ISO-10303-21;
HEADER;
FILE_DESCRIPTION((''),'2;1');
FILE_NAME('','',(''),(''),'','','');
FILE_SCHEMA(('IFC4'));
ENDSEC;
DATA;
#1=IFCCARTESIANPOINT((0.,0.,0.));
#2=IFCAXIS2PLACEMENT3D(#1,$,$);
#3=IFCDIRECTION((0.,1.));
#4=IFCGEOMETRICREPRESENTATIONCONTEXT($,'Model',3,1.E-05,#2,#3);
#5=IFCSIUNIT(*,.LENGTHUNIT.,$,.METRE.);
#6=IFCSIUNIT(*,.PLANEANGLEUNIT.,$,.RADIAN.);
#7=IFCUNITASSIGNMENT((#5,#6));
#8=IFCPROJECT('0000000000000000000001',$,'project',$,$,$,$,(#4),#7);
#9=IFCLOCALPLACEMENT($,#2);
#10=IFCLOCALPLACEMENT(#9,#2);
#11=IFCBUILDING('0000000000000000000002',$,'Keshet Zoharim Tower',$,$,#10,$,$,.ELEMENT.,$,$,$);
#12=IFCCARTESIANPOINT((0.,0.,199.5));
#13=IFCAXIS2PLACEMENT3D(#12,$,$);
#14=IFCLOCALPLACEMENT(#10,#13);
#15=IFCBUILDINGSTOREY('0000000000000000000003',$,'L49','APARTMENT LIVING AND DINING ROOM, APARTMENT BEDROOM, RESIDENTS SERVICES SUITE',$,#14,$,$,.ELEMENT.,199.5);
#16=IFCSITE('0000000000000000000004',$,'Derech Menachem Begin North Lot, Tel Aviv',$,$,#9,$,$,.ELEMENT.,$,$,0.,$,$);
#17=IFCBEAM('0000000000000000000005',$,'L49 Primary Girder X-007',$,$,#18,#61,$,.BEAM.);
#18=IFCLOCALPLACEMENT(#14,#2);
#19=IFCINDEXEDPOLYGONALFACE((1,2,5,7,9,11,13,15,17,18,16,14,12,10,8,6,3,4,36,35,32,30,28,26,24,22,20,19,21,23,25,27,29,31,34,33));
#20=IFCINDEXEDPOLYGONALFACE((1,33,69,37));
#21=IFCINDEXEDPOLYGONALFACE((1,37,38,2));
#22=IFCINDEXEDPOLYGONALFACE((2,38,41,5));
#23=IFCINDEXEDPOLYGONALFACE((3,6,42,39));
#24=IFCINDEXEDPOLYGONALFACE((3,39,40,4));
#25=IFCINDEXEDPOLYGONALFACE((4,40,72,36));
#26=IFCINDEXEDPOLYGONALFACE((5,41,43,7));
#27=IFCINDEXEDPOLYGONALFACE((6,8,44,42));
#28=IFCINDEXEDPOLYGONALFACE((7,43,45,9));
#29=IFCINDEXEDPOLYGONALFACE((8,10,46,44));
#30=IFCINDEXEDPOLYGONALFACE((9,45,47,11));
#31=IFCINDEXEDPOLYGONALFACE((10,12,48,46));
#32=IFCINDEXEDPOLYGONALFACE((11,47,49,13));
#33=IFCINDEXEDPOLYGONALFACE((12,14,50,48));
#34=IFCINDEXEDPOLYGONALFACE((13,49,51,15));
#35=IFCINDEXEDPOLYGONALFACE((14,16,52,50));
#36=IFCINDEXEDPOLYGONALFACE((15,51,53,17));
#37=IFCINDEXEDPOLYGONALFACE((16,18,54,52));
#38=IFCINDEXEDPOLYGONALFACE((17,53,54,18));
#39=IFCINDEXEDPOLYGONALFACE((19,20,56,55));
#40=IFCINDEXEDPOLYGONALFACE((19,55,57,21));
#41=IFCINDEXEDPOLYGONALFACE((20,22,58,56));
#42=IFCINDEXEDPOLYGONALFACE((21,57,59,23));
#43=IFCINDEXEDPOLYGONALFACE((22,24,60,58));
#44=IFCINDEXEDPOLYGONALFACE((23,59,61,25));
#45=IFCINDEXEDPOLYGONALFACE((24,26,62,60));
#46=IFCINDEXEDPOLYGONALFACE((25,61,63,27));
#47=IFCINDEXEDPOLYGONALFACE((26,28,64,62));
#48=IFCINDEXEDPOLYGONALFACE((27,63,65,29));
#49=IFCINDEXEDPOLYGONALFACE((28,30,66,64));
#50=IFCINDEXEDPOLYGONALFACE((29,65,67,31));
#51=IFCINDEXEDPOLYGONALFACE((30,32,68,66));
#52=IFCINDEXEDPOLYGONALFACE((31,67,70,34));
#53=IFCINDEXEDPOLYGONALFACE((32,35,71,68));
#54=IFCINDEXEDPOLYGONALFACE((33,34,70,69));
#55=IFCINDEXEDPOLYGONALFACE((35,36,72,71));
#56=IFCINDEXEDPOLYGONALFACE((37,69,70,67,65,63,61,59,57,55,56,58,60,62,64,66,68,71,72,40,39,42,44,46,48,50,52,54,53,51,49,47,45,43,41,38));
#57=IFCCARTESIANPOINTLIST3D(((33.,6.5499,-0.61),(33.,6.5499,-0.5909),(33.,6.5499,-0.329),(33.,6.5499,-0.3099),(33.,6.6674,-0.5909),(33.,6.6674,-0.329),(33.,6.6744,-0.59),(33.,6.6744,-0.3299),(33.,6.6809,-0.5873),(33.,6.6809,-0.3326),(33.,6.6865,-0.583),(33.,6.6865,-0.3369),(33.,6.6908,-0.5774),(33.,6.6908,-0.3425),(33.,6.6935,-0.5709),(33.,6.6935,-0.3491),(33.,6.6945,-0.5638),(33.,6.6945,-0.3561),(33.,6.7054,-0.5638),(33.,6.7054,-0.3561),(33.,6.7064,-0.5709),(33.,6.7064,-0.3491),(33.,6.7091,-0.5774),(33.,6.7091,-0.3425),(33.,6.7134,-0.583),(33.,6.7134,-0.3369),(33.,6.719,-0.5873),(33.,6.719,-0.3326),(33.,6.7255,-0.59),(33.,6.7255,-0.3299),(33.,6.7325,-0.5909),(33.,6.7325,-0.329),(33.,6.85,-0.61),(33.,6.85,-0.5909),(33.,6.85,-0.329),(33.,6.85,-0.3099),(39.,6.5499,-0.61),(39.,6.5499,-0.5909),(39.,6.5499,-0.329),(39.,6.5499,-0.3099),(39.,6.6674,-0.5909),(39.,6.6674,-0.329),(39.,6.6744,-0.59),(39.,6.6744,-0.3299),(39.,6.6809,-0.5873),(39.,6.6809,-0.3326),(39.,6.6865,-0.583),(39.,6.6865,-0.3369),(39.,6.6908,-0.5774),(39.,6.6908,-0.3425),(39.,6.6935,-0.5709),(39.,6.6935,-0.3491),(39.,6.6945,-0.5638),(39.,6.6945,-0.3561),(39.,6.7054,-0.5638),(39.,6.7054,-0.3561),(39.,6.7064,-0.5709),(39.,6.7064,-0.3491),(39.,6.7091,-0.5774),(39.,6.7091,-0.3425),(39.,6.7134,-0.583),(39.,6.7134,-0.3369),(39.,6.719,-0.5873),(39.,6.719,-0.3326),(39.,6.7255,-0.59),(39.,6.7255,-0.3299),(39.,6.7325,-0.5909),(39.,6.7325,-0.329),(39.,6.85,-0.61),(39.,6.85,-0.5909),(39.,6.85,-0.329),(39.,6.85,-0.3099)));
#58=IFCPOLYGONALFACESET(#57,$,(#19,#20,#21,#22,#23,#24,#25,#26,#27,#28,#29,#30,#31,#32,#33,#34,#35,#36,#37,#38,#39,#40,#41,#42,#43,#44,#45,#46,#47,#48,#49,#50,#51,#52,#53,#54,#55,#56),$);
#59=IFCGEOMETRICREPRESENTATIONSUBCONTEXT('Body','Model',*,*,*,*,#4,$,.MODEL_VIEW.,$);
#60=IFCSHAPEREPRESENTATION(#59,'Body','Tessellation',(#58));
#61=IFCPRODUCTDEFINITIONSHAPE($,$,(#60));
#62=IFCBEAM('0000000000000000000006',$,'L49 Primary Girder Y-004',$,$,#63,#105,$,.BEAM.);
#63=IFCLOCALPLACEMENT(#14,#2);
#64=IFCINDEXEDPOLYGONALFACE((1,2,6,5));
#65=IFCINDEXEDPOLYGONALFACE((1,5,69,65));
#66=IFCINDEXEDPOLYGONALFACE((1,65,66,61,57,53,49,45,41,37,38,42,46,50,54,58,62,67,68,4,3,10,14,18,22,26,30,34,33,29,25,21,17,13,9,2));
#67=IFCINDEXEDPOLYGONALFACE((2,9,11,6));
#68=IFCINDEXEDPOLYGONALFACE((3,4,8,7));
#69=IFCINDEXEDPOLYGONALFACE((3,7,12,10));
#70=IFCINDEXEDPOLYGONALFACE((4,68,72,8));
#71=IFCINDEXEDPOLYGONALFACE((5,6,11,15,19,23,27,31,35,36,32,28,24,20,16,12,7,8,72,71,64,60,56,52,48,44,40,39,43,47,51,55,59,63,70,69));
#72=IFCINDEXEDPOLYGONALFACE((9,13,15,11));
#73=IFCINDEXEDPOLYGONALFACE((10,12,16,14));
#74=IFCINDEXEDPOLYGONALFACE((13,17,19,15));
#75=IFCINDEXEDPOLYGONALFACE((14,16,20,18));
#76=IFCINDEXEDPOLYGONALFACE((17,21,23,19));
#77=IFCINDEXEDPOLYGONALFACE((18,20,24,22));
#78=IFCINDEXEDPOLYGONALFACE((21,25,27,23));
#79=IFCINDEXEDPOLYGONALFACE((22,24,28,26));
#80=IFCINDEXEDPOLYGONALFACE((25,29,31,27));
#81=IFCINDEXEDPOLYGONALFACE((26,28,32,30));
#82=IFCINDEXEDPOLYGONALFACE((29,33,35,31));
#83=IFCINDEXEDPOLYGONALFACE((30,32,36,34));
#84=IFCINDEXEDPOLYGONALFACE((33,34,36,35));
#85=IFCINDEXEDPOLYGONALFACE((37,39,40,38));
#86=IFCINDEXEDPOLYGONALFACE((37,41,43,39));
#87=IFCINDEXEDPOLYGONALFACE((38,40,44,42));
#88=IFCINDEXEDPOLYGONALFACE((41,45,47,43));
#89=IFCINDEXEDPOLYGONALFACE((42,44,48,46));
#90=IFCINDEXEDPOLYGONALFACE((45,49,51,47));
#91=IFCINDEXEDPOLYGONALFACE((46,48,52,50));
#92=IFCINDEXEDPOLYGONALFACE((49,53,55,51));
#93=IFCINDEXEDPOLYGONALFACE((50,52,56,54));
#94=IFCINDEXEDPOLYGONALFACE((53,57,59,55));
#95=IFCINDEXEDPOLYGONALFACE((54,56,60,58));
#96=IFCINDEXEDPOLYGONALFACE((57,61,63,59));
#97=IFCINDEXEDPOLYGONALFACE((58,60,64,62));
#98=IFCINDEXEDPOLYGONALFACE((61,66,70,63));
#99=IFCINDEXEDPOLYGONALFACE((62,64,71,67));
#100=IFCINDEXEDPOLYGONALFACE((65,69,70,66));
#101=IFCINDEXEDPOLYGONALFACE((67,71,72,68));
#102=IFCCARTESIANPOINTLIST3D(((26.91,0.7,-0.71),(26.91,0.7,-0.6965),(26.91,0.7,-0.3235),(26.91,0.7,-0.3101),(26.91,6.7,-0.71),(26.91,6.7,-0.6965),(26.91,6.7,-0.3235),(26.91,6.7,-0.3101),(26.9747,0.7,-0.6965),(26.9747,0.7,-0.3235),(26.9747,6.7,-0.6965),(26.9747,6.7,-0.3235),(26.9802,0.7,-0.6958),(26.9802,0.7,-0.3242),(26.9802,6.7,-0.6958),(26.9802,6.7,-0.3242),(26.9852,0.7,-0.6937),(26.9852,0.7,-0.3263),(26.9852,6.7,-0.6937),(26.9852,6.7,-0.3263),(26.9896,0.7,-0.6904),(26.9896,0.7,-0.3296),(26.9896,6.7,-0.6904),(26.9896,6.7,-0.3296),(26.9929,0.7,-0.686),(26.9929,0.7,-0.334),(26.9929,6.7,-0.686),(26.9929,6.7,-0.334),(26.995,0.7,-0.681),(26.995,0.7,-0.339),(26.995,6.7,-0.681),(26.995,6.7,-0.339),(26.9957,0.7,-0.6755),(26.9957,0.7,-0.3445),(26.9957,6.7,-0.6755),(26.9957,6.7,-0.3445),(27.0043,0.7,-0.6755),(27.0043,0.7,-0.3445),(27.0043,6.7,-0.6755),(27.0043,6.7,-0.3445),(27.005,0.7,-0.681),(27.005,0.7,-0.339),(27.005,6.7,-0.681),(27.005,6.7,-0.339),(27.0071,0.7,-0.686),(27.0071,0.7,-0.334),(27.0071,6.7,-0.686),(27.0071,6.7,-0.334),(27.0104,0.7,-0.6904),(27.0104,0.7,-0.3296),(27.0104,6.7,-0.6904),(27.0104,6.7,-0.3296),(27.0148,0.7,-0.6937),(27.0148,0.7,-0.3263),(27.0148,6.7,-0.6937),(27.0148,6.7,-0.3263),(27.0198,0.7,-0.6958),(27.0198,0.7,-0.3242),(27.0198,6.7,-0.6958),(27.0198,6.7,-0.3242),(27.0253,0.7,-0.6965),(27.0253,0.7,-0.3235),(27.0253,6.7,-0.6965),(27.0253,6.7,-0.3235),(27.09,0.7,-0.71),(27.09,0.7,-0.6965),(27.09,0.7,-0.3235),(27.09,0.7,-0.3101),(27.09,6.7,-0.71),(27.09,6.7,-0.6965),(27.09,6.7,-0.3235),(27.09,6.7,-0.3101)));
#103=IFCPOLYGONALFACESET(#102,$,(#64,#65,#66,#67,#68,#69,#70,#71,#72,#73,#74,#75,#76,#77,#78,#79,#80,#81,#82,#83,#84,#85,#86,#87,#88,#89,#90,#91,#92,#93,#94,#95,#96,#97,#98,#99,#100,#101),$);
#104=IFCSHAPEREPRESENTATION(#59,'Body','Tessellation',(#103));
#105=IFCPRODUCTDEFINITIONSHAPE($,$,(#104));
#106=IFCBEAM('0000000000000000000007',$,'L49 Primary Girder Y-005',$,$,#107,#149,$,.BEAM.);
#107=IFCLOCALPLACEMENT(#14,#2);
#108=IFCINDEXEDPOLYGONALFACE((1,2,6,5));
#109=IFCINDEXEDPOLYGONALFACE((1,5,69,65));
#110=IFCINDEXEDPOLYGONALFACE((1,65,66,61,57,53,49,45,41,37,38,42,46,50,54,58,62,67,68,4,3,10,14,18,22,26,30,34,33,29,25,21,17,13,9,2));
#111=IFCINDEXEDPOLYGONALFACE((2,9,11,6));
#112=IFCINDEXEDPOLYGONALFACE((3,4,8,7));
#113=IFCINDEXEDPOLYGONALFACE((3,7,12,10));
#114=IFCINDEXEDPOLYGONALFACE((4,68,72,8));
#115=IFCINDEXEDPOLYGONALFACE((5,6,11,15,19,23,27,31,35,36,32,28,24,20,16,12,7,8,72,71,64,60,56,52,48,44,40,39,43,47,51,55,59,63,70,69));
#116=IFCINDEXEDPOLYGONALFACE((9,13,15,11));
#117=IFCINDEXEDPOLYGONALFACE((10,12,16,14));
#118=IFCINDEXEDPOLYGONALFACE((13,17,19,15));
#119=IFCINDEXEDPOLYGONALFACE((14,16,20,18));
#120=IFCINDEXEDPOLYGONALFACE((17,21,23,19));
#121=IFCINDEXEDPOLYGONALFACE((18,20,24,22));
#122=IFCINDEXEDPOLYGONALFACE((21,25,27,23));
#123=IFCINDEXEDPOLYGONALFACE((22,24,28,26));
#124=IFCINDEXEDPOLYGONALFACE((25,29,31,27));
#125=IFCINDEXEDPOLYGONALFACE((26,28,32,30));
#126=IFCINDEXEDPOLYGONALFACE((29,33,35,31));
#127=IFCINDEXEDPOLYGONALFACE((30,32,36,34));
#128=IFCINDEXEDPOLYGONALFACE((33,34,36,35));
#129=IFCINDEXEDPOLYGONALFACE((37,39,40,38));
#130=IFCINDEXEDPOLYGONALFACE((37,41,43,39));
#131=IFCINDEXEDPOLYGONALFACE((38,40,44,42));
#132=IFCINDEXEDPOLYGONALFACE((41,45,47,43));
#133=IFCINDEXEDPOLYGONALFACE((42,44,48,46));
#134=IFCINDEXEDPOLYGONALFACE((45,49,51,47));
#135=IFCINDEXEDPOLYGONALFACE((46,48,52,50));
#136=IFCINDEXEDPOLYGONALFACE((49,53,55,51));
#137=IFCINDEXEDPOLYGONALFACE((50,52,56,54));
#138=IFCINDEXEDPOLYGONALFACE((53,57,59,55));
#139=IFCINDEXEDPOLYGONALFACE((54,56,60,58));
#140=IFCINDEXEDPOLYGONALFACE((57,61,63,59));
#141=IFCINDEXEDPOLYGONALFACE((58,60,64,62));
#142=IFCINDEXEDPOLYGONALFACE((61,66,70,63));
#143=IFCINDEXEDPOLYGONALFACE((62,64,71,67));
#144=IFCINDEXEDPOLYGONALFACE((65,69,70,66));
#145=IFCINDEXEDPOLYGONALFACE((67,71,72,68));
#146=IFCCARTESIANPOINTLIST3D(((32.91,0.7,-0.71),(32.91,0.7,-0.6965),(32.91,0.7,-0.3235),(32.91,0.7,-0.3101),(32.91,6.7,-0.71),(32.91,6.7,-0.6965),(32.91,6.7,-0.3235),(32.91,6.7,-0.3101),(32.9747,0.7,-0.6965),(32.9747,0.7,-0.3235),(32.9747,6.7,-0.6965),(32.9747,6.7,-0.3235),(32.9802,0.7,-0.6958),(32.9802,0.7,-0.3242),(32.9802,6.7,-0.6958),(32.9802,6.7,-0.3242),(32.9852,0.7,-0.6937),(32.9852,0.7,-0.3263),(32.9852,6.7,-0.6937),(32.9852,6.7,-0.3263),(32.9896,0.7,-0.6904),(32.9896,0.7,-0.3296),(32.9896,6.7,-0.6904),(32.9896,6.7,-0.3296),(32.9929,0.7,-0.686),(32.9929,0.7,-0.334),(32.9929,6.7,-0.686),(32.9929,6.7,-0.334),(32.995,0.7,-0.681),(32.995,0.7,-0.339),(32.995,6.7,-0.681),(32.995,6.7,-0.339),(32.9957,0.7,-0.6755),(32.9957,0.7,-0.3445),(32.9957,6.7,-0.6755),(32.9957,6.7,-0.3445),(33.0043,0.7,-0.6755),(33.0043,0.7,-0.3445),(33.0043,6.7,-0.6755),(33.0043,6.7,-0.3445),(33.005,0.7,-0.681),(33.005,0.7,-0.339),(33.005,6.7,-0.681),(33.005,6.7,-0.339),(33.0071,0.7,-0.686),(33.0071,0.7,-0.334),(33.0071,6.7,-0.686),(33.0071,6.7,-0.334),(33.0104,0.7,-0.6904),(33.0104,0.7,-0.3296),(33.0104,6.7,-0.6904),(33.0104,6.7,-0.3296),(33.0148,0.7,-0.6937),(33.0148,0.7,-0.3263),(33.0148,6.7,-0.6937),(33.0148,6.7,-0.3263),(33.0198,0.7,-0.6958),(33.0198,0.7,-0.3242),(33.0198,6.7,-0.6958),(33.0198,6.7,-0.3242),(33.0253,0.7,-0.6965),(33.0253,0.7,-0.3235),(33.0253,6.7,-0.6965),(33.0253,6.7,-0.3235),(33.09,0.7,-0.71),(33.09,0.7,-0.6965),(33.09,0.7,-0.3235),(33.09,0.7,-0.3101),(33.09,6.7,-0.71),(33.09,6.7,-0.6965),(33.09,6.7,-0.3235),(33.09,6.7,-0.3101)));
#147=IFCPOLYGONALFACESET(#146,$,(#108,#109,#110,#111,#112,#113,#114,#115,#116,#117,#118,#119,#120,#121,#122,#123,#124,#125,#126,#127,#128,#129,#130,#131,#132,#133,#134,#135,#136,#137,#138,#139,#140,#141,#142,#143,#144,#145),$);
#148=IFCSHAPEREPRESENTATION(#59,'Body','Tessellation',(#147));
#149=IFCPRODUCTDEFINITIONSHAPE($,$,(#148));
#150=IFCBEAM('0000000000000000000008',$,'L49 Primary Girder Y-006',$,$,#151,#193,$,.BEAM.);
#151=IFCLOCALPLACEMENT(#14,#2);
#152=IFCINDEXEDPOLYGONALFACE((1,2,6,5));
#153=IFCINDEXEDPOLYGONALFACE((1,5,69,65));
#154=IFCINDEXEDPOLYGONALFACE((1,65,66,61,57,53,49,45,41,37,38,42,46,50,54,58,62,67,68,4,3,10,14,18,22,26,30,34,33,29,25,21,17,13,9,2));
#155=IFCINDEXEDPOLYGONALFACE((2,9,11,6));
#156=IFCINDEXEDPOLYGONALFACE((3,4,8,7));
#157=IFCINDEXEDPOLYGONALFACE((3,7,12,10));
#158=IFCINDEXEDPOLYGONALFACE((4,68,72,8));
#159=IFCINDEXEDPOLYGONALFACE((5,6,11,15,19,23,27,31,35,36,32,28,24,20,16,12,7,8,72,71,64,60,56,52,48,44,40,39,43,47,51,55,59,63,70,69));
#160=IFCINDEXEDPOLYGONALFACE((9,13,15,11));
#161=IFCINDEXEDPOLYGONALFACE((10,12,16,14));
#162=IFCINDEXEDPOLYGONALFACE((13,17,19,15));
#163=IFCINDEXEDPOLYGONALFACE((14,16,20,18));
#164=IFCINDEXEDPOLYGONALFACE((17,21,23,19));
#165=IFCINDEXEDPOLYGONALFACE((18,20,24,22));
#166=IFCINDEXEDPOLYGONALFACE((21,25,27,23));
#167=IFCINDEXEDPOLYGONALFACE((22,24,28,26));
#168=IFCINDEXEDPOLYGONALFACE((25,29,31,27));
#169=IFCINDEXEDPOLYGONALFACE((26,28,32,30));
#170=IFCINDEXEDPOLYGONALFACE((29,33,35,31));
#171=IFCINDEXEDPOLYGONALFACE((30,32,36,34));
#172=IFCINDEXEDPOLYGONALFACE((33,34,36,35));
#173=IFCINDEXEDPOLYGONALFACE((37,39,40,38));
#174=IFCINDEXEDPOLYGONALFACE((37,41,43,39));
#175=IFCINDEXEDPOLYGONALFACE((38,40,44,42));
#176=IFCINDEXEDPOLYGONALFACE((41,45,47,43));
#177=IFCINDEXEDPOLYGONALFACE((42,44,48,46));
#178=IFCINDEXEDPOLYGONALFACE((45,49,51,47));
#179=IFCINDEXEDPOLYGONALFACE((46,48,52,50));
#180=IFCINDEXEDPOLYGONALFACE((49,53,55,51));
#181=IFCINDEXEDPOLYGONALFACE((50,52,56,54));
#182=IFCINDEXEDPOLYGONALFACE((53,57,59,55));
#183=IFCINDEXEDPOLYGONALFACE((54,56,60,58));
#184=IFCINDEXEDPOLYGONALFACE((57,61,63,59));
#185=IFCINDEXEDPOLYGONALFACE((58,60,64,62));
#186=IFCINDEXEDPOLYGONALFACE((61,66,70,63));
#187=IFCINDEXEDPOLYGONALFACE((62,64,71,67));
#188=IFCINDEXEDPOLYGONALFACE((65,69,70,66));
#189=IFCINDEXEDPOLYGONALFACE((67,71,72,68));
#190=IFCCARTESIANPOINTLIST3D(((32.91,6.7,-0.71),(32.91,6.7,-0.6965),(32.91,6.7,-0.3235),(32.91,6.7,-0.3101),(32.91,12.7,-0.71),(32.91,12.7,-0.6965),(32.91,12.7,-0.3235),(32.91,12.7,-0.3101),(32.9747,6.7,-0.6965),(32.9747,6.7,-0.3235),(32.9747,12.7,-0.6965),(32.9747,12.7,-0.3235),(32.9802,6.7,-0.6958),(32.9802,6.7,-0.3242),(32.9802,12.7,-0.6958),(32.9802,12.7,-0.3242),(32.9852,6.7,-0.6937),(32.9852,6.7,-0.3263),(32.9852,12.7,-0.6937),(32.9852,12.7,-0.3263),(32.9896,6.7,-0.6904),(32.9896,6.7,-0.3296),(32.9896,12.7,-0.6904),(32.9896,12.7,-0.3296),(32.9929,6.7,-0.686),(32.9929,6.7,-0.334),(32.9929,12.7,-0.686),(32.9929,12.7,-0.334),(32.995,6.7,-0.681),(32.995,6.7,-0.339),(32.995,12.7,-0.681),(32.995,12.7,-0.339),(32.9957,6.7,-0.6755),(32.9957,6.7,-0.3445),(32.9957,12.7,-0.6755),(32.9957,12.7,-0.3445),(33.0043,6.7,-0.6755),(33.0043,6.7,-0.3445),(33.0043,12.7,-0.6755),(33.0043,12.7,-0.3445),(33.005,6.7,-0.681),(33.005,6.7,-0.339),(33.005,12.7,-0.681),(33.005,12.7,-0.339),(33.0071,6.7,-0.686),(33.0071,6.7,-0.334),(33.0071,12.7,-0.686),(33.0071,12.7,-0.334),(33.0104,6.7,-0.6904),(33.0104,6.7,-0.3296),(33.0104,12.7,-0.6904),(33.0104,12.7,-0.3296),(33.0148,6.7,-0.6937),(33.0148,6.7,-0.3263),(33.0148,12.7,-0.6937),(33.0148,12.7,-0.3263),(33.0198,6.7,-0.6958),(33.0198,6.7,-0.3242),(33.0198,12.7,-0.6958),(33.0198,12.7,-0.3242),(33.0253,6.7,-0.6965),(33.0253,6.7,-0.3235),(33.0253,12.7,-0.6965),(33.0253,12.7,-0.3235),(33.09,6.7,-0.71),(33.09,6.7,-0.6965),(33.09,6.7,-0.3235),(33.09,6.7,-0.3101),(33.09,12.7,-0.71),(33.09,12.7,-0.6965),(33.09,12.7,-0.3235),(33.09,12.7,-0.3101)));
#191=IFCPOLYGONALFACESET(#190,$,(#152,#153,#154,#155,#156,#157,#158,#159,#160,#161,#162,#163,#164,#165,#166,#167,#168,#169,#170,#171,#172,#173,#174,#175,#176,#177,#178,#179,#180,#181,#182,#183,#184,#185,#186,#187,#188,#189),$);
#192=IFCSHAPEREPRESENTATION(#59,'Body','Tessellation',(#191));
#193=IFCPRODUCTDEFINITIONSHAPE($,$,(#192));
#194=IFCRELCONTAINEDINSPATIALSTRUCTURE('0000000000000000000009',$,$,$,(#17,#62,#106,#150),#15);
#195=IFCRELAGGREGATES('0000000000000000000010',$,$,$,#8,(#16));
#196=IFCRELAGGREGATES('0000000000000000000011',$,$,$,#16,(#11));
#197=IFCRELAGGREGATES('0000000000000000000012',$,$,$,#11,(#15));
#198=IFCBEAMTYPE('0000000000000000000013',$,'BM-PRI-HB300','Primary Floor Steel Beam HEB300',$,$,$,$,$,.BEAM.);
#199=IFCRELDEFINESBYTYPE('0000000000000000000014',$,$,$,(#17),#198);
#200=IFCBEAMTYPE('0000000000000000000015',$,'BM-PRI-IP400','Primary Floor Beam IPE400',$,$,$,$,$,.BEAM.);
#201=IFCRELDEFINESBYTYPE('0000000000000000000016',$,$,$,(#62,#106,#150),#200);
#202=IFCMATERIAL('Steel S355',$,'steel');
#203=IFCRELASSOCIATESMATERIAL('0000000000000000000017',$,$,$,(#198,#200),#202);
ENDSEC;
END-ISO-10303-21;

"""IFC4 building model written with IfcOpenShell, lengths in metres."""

from ifc_helpers import new_model, si_unit, direction, frame, origin, origin_2d, place, context, subcontext, project, spatial, i_section, extrude, material, material_profile, profile_set, type_object, element, save


model = new_model("IFC4")

# Units and contexts
model_context = context("Model", 3, precision=1e-05, world=origin(), true_north=direction((0.0, 1.0)))
body_context = subcontext(model_context, "Body", "Model", "MODEL_VIEW")
ifc_project = project(units=[si_unit("LENGTHUNIT", "METRE"), si_unit("PLANEANGLEUNIT", "RADIAN")], contexts=[model_context])

# Site, building, storey
site_placement = place(None, origin())
site = spatial("IfcSite", under=ifc_project, at=site_placement, Name="Derech Menachem Begin North Lot, Tel Aviv", CompositionType="ELEMENT", RefElevation=0.0)
building_placement = place(site_placement, origin())
building = spatial("IfcBuilding", under=site, at=building_placement, Name="Keshet Zoharim Tower", CompositionType="ELEMENT")
storey_placement = place(building_placement, frame((0.0, 0.0, 199.5)))
storey = spatial("IfcBuildingStorey", under=building, at=storey_placement, Name="L49", Description="APARTMENT LIVING AND DINING ROOM, APARTMENT BEDROOM, RESIDENTS SERVICES SUITE", CompositionType="ELEMENT", Elevation=199.5)

# Shared definitions
ifc_material_1 = material(Name="Steel S355", Category="steel")

# Beams
ifc_material_profile_1 = material_profile(ifc_material_1, i_section(OverallWidth=0.3, OverallDepth=0.3, WebThickness=0.011, FlangeThickness=0.019, FilletRadius=0.0271, at=origin_2d()), Name="HEB300")
ifc_profile_set_1 = profile_set([ifc_material_profile_1], Name="Steel S355")
beam_type_1 = type_object("IfcBeamType", Name="BM-PRI-HB300", Description="Primary Floor Steel Beam HEB300", PredefinedType="BEAM", material=ifc_profile_set_1)
for number, where, z_axis, x_axis, name in (
    (1, (33.0, 6.7, -0.46), (1.0, 0.0, 0.0), (0.0, 1.0, 0.0), "L49 Primary Girder X-007"),
):
    element("IfcBeam", number, at=place(storey_placement, frame(where, z_axis=z_axis, x_axis=x_axis)), inside=storey, type_object=beam_type_1, Name=name, PredefinedType="BEAM", context=body_context, shape_type="SweptSolid", body=[
        extrude(i_section(OverallWidth=0.3, OverallDepth=0.3, WebThickness=0.011, FlangeThickness=0.019, FilletRadius=0.0271, at=origin_2d()), origin(), (0.0, 0.0, 1.0), 6.0),
    ])
ifc_material_profile_2 = material_profile(ifc_material_1, i_section(OverallWidth=0.1799, OverallDepth=0.3999, WebThickness=0.0085, FlangeThickness=0.0134, FilletRadius=0.021, at=origin_2d()), Name="IPE400")
ifc_profile_set_2 = profile_set([ifc_material_profile_2], Name="Steel S355")
beam_type_2 = type_object("IfcBeamType", Name="BM-PRI-IP400", Description="Primary Floor Beam IPE400", PredefinedType="BEAM", material=ifc_profile_set_2)
for number, where, z_axis, x_axis, name in (
    (2, (27.0, 0.7, -0.51), (0.0, 1.0, 0.0), (-1.0, 0.0, 0.0), "L49 Primary Girder Y-004"),
    (3, (33.0, 0.7, -0.51), (0.0, 1.0, 0.0), (-1.0, 0.0, 0.0), "L49 Primary Girder Y-005"),
    (4, (33.0, 6.7, -0.51), (0.0, 1.0, 0.0), (-1.0, 0.0, 0.0), "L49 Primary Girder Y-006"),
):
    element("IfcBeam", number, at=place(storey_placement, frame(where, z_axis=z_axis, x_axis=x_axis)), inside=storey, type_object=beam_type_2, Name=name, PredefinedType="BEAM", context=body_context, shape_type="SweptSolid", body=[
        extrude(i_section(OverallWidth=0.1799, OverallDepth=0.3999, WebThickness=0.0085, FlangeThickness=0.0134, FilletRadius=0.021, at=origin_2d()), origin(), (0.0, 0.0, 1.0), 6.0),
    ])

save(model, "model.ifc")
